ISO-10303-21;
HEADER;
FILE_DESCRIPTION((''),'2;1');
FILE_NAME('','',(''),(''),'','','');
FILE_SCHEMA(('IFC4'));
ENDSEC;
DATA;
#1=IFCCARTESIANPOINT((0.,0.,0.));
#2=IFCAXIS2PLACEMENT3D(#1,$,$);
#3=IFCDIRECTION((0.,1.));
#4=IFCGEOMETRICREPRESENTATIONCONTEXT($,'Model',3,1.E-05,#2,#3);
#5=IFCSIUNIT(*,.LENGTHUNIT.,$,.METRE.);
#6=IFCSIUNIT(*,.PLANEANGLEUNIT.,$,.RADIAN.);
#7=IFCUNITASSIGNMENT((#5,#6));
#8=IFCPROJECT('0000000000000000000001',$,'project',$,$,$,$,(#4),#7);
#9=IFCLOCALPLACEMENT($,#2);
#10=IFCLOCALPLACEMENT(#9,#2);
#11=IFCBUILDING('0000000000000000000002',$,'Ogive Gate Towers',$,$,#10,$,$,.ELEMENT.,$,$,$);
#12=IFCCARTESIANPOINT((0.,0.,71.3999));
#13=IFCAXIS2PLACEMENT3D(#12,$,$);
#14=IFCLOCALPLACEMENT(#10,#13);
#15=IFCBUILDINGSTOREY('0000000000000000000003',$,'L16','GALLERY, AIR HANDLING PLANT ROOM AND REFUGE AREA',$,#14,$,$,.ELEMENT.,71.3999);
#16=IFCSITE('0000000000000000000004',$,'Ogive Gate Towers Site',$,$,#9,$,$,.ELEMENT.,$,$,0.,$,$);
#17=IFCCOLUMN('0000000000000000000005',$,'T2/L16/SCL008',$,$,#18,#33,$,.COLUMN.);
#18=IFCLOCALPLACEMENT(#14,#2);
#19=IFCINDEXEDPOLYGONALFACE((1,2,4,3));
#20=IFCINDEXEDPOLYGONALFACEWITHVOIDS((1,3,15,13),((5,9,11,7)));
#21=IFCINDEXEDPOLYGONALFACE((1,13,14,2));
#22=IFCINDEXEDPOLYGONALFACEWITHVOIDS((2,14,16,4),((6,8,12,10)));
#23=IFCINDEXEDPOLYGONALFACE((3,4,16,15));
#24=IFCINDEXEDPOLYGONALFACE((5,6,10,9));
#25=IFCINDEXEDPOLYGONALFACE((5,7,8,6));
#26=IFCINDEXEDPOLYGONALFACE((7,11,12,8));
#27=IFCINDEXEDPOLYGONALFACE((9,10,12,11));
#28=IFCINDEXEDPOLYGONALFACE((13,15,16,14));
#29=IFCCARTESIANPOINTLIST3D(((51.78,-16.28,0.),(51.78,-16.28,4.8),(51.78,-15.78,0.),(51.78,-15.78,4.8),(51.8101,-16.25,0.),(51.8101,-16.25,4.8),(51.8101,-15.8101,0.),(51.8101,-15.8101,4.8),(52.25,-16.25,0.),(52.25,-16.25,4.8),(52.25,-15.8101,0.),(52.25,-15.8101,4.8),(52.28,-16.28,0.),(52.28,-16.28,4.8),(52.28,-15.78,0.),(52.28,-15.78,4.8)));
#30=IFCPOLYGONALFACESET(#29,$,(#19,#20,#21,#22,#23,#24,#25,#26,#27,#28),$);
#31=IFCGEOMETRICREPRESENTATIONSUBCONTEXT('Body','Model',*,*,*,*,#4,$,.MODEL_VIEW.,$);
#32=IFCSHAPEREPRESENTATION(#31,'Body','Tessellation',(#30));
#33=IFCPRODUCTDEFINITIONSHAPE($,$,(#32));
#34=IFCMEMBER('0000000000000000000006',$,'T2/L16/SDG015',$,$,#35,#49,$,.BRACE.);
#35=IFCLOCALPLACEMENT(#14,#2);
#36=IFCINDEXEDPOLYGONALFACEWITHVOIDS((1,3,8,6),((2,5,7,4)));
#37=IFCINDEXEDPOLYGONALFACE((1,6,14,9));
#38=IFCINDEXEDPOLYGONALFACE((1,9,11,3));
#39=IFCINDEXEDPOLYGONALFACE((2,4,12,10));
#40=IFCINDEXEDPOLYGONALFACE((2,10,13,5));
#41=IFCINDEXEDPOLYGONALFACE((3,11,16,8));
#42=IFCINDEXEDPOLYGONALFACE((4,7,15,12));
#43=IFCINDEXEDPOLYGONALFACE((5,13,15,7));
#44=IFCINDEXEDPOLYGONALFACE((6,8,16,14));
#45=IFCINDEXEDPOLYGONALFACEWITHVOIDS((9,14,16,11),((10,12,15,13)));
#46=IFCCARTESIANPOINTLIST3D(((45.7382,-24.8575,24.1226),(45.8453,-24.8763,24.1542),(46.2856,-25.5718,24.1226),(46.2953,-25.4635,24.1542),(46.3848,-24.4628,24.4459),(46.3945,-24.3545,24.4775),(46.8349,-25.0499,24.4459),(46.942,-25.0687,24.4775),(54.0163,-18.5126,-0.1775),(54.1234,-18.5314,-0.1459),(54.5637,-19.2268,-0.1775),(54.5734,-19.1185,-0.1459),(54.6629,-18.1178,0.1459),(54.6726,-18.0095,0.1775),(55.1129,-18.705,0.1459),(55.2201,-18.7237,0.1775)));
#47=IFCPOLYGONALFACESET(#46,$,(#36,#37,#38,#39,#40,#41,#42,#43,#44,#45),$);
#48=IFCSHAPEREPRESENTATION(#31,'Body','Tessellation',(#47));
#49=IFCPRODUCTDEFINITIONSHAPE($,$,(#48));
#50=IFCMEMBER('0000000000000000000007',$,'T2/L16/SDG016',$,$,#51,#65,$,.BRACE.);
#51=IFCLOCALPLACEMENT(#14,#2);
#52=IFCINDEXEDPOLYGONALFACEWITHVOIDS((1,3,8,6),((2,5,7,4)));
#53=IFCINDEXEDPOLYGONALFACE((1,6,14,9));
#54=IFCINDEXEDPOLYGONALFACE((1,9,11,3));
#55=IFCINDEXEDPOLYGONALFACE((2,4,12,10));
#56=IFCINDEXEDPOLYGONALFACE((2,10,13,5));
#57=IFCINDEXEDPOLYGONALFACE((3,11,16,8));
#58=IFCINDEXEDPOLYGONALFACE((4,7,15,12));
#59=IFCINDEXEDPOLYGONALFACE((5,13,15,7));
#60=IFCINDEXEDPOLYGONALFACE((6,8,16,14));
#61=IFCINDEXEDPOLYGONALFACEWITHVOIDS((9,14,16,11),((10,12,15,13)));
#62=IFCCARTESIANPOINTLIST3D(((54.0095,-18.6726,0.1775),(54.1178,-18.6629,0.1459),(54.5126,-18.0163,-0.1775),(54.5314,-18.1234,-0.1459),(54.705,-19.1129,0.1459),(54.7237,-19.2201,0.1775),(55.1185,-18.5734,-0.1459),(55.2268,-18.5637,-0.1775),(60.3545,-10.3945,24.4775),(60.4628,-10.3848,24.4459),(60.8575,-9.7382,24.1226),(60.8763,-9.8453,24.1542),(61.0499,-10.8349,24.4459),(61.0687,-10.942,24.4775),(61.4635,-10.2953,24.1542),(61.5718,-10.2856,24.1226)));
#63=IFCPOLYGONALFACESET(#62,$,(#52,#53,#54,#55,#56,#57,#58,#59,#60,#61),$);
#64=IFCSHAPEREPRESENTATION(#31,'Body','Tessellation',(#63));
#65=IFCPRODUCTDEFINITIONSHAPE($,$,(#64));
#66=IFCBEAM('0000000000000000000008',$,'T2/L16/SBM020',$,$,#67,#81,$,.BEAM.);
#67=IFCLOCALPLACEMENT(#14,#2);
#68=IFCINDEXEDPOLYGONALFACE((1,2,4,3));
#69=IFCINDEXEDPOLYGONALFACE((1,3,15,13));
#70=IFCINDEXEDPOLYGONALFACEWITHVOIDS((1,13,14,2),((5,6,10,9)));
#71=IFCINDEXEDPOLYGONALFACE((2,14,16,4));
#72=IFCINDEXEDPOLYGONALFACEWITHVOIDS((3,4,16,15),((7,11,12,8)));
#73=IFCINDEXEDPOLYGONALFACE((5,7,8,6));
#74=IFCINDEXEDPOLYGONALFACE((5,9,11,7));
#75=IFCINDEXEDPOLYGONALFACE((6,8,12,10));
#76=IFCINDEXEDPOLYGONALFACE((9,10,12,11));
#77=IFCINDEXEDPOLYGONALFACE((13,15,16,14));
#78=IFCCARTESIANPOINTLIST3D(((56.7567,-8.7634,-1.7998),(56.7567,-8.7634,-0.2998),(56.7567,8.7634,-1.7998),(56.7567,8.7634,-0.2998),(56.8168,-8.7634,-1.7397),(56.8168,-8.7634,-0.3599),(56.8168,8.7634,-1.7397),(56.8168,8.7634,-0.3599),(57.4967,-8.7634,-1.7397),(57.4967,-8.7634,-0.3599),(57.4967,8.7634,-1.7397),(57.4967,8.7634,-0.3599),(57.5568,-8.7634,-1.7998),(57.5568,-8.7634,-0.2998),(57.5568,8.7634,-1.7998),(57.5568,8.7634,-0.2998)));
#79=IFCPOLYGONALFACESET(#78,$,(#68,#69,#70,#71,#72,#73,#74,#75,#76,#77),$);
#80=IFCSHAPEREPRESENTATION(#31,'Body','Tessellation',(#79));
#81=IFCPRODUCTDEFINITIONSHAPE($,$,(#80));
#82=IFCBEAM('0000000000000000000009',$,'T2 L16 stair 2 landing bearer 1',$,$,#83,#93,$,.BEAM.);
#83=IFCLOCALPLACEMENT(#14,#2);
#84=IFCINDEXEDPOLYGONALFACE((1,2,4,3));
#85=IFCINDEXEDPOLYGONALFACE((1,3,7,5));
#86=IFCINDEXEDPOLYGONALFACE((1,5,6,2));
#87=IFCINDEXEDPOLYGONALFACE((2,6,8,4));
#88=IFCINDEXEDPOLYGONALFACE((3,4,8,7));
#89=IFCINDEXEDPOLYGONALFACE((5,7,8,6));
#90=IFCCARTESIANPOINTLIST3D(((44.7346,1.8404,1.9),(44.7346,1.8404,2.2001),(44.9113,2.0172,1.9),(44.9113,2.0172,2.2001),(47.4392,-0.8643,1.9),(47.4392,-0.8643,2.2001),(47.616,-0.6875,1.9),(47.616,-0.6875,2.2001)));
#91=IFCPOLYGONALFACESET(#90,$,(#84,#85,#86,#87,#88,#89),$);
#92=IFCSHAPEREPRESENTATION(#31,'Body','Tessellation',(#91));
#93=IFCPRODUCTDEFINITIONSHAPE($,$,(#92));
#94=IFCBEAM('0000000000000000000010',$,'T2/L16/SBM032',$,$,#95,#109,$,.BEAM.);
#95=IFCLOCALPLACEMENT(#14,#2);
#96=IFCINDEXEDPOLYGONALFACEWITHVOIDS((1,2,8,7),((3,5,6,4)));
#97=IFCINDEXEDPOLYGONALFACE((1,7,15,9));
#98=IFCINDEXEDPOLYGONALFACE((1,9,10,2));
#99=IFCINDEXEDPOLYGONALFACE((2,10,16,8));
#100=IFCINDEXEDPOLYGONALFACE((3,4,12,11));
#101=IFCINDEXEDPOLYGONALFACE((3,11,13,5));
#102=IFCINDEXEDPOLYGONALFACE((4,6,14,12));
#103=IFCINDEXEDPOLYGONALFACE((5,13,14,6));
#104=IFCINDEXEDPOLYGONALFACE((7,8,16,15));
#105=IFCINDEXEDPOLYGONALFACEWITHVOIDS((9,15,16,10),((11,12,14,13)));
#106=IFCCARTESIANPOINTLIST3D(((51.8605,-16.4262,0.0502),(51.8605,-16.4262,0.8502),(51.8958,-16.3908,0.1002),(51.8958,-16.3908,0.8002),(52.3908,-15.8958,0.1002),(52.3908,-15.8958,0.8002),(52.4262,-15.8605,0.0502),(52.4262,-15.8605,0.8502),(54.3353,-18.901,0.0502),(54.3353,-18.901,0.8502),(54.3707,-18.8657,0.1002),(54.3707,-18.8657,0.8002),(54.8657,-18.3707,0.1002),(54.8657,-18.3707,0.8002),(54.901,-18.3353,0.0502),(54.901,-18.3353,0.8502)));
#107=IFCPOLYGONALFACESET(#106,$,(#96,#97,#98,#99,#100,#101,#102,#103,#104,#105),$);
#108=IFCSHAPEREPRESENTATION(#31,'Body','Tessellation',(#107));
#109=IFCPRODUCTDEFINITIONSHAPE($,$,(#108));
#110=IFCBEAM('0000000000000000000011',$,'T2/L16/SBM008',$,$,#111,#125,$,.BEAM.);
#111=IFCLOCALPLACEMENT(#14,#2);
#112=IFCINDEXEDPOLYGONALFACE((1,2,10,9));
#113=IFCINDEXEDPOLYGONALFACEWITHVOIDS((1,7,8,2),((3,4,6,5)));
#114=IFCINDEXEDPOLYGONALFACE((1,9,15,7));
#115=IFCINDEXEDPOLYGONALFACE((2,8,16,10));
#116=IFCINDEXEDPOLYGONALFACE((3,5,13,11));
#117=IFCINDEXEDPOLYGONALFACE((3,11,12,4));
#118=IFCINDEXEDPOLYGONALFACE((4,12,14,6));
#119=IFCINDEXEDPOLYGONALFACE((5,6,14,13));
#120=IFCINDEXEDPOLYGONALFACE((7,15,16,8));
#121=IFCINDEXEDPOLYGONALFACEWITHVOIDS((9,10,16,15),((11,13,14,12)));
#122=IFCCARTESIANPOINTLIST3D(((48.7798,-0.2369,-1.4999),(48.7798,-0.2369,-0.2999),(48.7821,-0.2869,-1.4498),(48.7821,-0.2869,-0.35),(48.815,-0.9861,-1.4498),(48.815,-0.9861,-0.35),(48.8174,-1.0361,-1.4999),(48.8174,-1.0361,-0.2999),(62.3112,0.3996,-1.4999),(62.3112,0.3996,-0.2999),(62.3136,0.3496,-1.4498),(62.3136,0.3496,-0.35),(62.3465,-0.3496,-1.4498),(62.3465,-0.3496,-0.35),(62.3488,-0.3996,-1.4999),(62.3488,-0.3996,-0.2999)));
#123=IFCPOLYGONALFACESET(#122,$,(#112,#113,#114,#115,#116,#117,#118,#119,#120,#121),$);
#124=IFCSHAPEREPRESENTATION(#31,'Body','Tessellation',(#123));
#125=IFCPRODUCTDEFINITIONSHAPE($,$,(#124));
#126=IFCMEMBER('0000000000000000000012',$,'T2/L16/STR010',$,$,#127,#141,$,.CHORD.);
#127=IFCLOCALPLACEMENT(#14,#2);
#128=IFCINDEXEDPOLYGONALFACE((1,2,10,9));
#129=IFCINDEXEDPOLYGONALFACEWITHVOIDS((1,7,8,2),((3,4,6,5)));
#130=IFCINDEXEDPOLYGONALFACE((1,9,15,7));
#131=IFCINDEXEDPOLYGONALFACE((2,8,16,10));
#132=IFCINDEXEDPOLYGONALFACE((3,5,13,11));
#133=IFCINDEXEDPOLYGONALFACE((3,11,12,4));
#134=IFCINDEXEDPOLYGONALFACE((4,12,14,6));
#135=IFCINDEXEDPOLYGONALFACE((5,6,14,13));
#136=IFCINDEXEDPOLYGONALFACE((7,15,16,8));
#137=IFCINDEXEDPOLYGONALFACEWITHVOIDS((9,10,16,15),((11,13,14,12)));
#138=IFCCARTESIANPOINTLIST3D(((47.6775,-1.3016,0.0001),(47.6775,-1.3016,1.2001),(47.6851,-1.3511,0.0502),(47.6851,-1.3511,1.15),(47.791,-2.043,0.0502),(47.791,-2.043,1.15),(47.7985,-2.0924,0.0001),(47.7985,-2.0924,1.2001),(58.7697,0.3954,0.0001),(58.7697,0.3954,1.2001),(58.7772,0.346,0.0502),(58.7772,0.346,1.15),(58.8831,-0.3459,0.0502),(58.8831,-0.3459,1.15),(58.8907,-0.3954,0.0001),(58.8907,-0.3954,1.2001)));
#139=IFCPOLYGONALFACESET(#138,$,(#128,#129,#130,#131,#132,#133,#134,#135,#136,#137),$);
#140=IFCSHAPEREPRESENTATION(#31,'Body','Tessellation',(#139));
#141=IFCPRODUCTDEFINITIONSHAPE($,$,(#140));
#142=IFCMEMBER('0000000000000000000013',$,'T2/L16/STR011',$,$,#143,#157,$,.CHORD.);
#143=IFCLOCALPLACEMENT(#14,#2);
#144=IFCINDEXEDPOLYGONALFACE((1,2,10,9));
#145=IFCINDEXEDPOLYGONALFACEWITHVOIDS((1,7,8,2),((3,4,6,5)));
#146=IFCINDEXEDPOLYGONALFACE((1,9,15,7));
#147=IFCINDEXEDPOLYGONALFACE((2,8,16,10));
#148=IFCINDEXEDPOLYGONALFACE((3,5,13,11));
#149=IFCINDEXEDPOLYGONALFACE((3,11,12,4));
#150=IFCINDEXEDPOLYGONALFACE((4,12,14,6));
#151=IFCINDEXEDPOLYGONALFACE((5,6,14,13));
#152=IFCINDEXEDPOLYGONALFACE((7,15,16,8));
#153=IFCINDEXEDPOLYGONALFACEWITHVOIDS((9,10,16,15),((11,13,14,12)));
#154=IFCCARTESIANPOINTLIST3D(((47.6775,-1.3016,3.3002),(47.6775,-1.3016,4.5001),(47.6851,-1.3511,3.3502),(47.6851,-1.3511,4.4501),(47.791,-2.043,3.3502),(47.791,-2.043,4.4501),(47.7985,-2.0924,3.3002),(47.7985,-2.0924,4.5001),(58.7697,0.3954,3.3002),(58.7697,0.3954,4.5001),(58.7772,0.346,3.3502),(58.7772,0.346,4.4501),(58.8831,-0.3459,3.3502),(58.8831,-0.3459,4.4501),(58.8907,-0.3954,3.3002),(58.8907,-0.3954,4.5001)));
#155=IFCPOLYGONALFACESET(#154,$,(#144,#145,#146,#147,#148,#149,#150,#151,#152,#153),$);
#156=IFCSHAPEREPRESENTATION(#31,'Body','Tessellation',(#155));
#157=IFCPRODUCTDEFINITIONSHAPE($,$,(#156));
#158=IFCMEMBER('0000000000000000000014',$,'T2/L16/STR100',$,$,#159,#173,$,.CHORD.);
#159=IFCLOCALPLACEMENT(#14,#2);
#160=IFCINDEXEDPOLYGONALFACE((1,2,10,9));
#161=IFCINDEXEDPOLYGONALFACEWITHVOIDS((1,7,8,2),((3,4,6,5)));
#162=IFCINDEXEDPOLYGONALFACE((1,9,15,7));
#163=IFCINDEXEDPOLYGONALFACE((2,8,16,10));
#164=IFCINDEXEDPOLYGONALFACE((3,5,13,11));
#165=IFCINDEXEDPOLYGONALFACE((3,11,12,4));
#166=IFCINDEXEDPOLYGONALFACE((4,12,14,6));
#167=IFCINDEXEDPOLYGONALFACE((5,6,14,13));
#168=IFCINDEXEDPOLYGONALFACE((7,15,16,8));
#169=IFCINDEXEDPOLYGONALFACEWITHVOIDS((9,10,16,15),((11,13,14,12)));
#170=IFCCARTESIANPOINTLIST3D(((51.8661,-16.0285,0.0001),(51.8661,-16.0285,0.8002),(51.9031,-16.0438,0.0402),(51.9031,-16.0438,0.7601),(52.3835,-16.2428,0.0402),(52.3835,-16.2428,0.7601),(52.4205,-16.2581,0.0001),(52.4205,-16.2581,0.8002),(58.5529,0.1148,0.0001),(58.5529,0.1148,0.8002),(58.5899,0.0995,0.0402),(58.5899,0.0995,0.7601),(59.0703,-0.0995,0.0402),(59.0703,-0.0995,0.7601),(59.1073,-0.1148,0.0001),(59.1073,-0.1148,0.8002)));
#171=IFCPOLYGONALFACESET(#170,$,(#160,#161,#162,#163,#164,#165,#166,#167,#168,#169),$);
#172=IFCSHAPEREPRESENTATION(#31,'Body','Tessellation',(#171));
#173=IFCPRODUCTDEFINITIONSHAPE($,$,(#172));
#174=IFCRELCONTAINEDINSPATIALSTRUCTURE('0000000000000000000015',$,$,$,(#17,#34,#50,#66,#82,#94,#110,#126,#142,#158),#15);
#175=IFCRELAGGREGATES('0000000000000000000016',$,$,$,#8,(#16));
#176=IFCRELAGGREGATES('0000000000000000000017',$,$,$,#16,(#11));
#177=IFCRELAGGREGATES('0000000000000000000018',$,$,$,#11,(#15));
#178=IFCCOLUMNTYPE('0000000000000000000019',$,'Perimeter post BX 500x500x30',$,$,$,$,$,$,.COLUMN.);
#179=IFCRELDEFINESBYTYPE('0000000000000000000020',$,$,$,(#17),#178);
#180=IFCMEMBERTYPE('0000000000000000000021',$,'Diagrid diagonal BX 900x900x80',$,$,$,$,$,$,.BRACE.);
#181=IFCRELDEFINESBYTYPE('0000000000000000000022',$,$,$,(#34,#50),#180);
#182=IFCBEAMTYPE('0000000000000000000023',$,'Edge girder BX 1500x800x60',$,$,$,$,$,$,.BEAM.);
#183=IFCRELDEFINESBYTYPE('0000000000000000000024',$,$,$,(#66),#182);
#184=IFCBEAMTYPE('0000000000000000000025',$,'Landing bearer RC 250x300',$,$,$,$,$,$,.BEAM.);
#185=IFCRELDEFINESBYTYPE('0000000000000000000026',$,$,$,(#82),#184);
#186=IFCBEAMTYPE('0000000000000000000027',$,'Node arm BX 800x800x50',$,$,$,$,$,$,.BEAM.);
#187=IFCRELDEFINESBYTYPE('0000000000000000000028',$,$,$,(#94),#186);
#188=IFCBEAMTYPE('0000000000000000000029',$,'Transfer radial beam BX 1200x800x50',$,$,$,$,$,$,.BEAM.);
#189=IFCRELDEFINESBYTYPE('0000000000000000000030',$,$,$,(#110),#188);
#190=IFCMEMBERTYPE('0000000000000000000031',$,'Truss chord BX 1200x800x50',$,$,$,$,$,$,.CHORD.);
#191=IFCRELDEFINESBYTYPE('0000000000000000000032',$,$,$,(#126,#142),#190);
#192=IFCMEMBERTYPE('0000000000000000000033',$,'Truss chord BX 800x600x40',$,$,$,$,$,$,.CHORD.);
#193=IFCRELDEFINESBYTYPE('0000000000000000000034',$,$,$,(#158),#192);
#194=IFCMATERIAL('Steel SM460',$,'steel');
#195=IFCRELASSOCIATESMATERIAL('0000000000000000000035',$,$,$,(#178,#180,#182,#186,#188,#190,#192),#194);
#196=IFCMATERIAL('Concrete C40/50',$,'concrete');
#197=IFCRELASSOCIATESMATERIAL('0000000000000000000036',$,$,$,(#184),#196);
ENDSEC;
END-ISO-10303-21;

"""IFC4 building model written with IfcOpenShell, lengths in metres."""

from ifc_helpers import new_model, si_unit, direction, frame, origin, origin_2d, place, context, subcontext, project, spatial, rectangle, hollow_rectangle, extrude, material, material_profile, profile_set, type_object, element, save


model = new_model("IFC4")

# Units and contexts
model_context = context("Model", 3, precision=1e-05, world=origin(), true_north=direction((0.0, 1.0)))
body_context = subcontext(model_context, "Body", "Model", "MODEL_VIEW")
ifc_project = project(units=[si_unit("LENGTHUNIT", "METRE"), si_unit("PLANEANGLEUNIT", "RADIAN")], contexts=[model_context])

# Site, building, storey
site_placement = place(None, origin())
site = spatial("IfcSite", under=ifc_project, at=site_placement, Name="Ogive Gate Towers Site", CompositionType="ELEMENT", RefElevation=0.0)
building_placement = place(site_placement, origin())
building = spatial("IfcBuilding", under=site, at=building_placement, Name="Ogive Gate Towers", CompositionType="ELEMENT")
storey_placement = place(building_placement, frame((0.0, 0.0, 71.3999)))
storey = spatial("IfcBuildingStorey", under=building, at=storey_placement, Name="L16", Description="GALLERY, AIR HANDLING PLANT ROOM AND REFUGE AREA", CompositionType="ELEMENT", Elevation=71.3999)

# Column
ifc_material_1 = material(Name="Steel SM460", Category="steel")
ifc_material_profile_1 = material_profile(ifc_material_1, hollow_rectangle(XDim=0.5, YDim=0.5, WallThickness=0.03, at=origin_2d()), Name="BX 500x500x30")
ifc_profile_set_1 = profile_set([ifc_material_profile_1], Name="Steel SM460")
column_type = type_object("IfcColumnType", Name="Perimeter post BX 500x500x30", PredefinedType="COLUMN", material=ifc_profile_set_1)
column_placement = place(storey_placement, frame((52.03, -16.03, 0.0), z_axis=(0.0, 0.0, 1.0), x_axis=(1.0, 0.0, 0.0)))
element("IfcColumn", 1, at=column_placement, inside=storey, type_object=column_type, Name="T2/L16/SCL008", PredefinedType="COLUMN", context=body_context, shape_type="SweptSolid", body=[
    extrude(hollow_rectangle(XDim=0.5, YDim=0.5, WallThickness=0.03, at=origin_2d()), origin(), (0.0, 0.0, 1.0), 4.8),
])

# Members
ifc_material_profile_2 = material_profile(ifc_material_1, hollow_rectangle(XDim=0.8999, YDim=0.8999, WallThickness=0.0801, at=origin_2d()), Name="BX 900x900x80")
ifc_profile_set_2 = profile_set([ifc_material_profile_2], Name="Steel SM460")
member_type_1 = type_object("IfcMemberType", Name="Diagrid diagonal BX 900x900x80", PredefinedType="BRACE", material=ifc_profile_set_2)
for number, where, z_axis, x_axis, name in (
    (2, (54.6182, -18.6182, 0.0), (-0.313043, -0.239941, 0.91893), (0.608338, -0.793678, 0.0), "T2/L16/SDG015"),
    (3, (54.6182, -18.6182, 0.0), (0.239941, 0.313043, 0.91893), (-0.793678, 0.608338, 0.0), "T2/L16/SDG016"),
):
    element("IfcMember", number, at=place(storey_placement, frame(where, z_axis=z_axis, x_axis=x_axis)), inside=storey, type_object=member_type_1, Name=name, PredefinedType="BRACE", context=body_context, shape_type="SweptSolid", body=[
        extrude(hollow_rectangle(XDim=0.8999, YDim=0.8999, WallThickness=0.0801, at=origin_2d()), origin(), (0.0, 0.0, 1.0), 26.4438),
    ])

# Beams
ifc_material_profile_3 = material_profile(ifc_material_1, hollow_rectangle(XDim=0.8, YDim=1.5, WallThickness=0.0601, at=origin_2d()), Name="BX 1500x800x60")
ifc_profile_set_3 = profile_set([ifc_material_profile_3], Name="Steel SM460")
beam_type_1 = type_object("IfcBeamType", Name="Edge girder BX 1500x800x60", PredefinedType="BEAM", material=ifc_profile_set_3)
beam_1_placement = place(storey_placement, frame((57.1567, -8.7634, -1.0498), z_axis=(0.0, 1.0, 0.0), x_axis=(-1.0, 0.0, 0.0)))
element("IfcBeam", 4, at=beam_1_placement, inside=storey, type_object=beam_type_1, Name="T2/L16/SBM020", PredefinedType="BEAM", context=body_context, shape_type="SweptSolid", body=[
    extrude(hollow_rectangle(XDim=0.8, YDim=1.5, WallThickness=0.0601, at=origin_2d()), origin(), (0.0, 0.0, 1.0), 17.5269),
])
ifc_material_2 = material(Name="Concrete C40/50", Category="concrete")
ifc_material_profile_4 = material_profile(ifc_material_2, rectangle(XDim=0.25, YDim=0.3, at=origin_2d()), Name="RC 250x300")
ifc_profile_set_4 = profile_set([ifc_material_profile_4], Name="Concrete C40/50")
beam_type_2 = type_object("IfcBeamType", Name="Landing bearer RC 250x300", PredefinedType="BEAM", material=ifc_profile_set_4)
beam_2_placement = place(storey_placement, frame((47.5276, -0.7759, 2.05), z_axis=(-0.707107, 0.707107, 0.0), x_axis=(-0.707107, -0.707107, 0.0)))
element("IfcBeam", 5, at=beam_2_placement, inside=storey, type_object=beam_type_2, Name="T2 L16 stair 2 landing bearer 1", PredefinedType="BEAM", context=body_context, shape_type="SweptSolid", body=[
    extrude(rectangle(XDim=0.25, YDim=0.3, at=origin_2d()), origin(), (0.0, 0.0, 1.0), 3.825),
])
ifc_material_profile_5 = material_profile(ifc_material_1, hollow_rectangle(XDim=0.8, YDim=0.8, WallThickness=0.05, at=origin_2d()), Name="BX 800x800x50")
ifc_profile_set_5 = profile_set([ifc_material_profile_5], Name="Steel SM460")
beam_type_3 = type_object("IfcBeamType", Name="Node arm BX 800x800x50", PredefinedType="BEAM", material=ifc_profile_set_5)
beam_3_placement = place(storey_placement, frame((52.1433, -16.1433, 0.4502), z_axis=(0.707107, -0.707107, 0.0), x_axis=(0.707107, 0.707107, 0.0)))
element("IfcBeam", 6, at=beam_3_placement, inside=storey, type_object=beam_type_3, Name="T2/L16/SBM032", PredefinedType="BEAM", context=body_context, shape_type="SweptSolid", body=[
    extrude(hollow_rectangle(XDim=0.8, YDim=0.8, WallThickness=0.05, at=origin_2d()), origin(), (0.0, 0.0, 1.0), 3.5),
])
ifc_material_profile_6 = material_profile(ifc_material_1, hollow_rectangle(XDim=0.8, YDim=1.2, WallThickness=0.05, at=origin_2d()), Name="BX 1200x800x50")
ifc_profile_set_6 = profile_set([ifc_material_profile_6], Name="Steel SM460")
beam_type_4 = type_object("IfcBeamType", Name="Transfer radial beam BX 1200x800x50", PredefinedType="BEAM", material=ifc_profile_set_6)
beam_4_placement = place(storey_placement, frame((48.7986, -0.6365, -0.8999), z_axis=(0.998896, 0.046985, 0.0), x_axis=(-0.046985, 0.998896, 0.0)))
element("IfcBeam", 7, at=beam_4_placement, inside=storey, type_object=beam_type_4, Name="T2/L16/SBM008", PredefinedType="BEAM", context=body_context, shape_type="SweptSolid", body=[
    extrude(hollow_rectangle(XDim=0.8, YDim=1.2, WallThickness=0.05, at=origin_2d()), origin(), (0.0, 0.0, 1.0), 13.5464),
])

# Members
ifc_material_profile_7 = material_profile(ifc_material_1, hollow_rectangle(XDim=0.8, YDim=1.2, WallThickness=0.05, at=origin_2d()), Name="BX 1200x800x50")
ifc_profile_set_7 = profile_set([ifc_material_profile_7], Name="Steel SM460")
member_type_2 = type_object("IfcMemberType", Name="Truss chord BX 1200x800x50", PredefinedType="CHORD", material=ifc_profile_set_7)
for number, where, z_axis, x_axis, name in (
    (8, (47.738, -1.697, 0.6001), (0.988498, 0.151235, 0.0), (-0.151235, 0.988498, 0.0), "T2/L16/STR010"),
    (9, (47.738, -1.697, 3.9001), (0.988498, 0.151235, 0.0), (-0.151235, 0.988498, 0.0), "T2/L16/STR011"),
):
    element("IfcMember", number, at=place(storey_placement, frame(where, z_axis=z_axis, x_axis=x_axis)), inside=storey, type_object=member_type_2, Name=name, PredefinedType="CHORD", context=body_context, shape_type="SweptSolid", body=[
        extrude(hollow_rectangle(XDim=0.8, YDim=1.2, WallThickness=0.05, at=origin_2d()), origin(), (0.0, 0.0, 1.0), 11.2212),
    ])
ifc_material_profile_8 = material_profile(ifc_material_1, hollow_rectangle(XDim=0.6001, YDim=0.8, WallThickness=0.04, at=origin_2d()), Name="BX 800x600x40")
ifc_profile_set_8 = profile_set([ifc_material_profile_8], Name="Steel SM460")
member_type_3 = type_object("IfcMemberType", Name="Truss chord BX 800x600x40", PredefinedType="CHORD", material=ifc_profile_set_8)
for number, where, z_axis, x_axis, name in (
    (10, (52.1433, -16.1433, 0.4001), (0.382683, 0.92388, 0.0), (-0.92388, 0.382683, 0.0), "T2/L16/STR100"),
):
    element("IfcMember", number, at=place(storey_placement, frame(where, z_axis=z_axis, x_axis=x_axis)), inside=storey, type_object=member_type_3, Name=name, PredefinedType="CHORD", context=body_context, shape_type="SweptSolid", body=[
        extrude(hollow_rectangle(XDim=0.6001, YDim=0.8, WallThickness=0.04, at=origin_2d()), origin(), (0.0, 0.0, 1.0), 17.4734),
    ])

save(model, "model.ifc")
